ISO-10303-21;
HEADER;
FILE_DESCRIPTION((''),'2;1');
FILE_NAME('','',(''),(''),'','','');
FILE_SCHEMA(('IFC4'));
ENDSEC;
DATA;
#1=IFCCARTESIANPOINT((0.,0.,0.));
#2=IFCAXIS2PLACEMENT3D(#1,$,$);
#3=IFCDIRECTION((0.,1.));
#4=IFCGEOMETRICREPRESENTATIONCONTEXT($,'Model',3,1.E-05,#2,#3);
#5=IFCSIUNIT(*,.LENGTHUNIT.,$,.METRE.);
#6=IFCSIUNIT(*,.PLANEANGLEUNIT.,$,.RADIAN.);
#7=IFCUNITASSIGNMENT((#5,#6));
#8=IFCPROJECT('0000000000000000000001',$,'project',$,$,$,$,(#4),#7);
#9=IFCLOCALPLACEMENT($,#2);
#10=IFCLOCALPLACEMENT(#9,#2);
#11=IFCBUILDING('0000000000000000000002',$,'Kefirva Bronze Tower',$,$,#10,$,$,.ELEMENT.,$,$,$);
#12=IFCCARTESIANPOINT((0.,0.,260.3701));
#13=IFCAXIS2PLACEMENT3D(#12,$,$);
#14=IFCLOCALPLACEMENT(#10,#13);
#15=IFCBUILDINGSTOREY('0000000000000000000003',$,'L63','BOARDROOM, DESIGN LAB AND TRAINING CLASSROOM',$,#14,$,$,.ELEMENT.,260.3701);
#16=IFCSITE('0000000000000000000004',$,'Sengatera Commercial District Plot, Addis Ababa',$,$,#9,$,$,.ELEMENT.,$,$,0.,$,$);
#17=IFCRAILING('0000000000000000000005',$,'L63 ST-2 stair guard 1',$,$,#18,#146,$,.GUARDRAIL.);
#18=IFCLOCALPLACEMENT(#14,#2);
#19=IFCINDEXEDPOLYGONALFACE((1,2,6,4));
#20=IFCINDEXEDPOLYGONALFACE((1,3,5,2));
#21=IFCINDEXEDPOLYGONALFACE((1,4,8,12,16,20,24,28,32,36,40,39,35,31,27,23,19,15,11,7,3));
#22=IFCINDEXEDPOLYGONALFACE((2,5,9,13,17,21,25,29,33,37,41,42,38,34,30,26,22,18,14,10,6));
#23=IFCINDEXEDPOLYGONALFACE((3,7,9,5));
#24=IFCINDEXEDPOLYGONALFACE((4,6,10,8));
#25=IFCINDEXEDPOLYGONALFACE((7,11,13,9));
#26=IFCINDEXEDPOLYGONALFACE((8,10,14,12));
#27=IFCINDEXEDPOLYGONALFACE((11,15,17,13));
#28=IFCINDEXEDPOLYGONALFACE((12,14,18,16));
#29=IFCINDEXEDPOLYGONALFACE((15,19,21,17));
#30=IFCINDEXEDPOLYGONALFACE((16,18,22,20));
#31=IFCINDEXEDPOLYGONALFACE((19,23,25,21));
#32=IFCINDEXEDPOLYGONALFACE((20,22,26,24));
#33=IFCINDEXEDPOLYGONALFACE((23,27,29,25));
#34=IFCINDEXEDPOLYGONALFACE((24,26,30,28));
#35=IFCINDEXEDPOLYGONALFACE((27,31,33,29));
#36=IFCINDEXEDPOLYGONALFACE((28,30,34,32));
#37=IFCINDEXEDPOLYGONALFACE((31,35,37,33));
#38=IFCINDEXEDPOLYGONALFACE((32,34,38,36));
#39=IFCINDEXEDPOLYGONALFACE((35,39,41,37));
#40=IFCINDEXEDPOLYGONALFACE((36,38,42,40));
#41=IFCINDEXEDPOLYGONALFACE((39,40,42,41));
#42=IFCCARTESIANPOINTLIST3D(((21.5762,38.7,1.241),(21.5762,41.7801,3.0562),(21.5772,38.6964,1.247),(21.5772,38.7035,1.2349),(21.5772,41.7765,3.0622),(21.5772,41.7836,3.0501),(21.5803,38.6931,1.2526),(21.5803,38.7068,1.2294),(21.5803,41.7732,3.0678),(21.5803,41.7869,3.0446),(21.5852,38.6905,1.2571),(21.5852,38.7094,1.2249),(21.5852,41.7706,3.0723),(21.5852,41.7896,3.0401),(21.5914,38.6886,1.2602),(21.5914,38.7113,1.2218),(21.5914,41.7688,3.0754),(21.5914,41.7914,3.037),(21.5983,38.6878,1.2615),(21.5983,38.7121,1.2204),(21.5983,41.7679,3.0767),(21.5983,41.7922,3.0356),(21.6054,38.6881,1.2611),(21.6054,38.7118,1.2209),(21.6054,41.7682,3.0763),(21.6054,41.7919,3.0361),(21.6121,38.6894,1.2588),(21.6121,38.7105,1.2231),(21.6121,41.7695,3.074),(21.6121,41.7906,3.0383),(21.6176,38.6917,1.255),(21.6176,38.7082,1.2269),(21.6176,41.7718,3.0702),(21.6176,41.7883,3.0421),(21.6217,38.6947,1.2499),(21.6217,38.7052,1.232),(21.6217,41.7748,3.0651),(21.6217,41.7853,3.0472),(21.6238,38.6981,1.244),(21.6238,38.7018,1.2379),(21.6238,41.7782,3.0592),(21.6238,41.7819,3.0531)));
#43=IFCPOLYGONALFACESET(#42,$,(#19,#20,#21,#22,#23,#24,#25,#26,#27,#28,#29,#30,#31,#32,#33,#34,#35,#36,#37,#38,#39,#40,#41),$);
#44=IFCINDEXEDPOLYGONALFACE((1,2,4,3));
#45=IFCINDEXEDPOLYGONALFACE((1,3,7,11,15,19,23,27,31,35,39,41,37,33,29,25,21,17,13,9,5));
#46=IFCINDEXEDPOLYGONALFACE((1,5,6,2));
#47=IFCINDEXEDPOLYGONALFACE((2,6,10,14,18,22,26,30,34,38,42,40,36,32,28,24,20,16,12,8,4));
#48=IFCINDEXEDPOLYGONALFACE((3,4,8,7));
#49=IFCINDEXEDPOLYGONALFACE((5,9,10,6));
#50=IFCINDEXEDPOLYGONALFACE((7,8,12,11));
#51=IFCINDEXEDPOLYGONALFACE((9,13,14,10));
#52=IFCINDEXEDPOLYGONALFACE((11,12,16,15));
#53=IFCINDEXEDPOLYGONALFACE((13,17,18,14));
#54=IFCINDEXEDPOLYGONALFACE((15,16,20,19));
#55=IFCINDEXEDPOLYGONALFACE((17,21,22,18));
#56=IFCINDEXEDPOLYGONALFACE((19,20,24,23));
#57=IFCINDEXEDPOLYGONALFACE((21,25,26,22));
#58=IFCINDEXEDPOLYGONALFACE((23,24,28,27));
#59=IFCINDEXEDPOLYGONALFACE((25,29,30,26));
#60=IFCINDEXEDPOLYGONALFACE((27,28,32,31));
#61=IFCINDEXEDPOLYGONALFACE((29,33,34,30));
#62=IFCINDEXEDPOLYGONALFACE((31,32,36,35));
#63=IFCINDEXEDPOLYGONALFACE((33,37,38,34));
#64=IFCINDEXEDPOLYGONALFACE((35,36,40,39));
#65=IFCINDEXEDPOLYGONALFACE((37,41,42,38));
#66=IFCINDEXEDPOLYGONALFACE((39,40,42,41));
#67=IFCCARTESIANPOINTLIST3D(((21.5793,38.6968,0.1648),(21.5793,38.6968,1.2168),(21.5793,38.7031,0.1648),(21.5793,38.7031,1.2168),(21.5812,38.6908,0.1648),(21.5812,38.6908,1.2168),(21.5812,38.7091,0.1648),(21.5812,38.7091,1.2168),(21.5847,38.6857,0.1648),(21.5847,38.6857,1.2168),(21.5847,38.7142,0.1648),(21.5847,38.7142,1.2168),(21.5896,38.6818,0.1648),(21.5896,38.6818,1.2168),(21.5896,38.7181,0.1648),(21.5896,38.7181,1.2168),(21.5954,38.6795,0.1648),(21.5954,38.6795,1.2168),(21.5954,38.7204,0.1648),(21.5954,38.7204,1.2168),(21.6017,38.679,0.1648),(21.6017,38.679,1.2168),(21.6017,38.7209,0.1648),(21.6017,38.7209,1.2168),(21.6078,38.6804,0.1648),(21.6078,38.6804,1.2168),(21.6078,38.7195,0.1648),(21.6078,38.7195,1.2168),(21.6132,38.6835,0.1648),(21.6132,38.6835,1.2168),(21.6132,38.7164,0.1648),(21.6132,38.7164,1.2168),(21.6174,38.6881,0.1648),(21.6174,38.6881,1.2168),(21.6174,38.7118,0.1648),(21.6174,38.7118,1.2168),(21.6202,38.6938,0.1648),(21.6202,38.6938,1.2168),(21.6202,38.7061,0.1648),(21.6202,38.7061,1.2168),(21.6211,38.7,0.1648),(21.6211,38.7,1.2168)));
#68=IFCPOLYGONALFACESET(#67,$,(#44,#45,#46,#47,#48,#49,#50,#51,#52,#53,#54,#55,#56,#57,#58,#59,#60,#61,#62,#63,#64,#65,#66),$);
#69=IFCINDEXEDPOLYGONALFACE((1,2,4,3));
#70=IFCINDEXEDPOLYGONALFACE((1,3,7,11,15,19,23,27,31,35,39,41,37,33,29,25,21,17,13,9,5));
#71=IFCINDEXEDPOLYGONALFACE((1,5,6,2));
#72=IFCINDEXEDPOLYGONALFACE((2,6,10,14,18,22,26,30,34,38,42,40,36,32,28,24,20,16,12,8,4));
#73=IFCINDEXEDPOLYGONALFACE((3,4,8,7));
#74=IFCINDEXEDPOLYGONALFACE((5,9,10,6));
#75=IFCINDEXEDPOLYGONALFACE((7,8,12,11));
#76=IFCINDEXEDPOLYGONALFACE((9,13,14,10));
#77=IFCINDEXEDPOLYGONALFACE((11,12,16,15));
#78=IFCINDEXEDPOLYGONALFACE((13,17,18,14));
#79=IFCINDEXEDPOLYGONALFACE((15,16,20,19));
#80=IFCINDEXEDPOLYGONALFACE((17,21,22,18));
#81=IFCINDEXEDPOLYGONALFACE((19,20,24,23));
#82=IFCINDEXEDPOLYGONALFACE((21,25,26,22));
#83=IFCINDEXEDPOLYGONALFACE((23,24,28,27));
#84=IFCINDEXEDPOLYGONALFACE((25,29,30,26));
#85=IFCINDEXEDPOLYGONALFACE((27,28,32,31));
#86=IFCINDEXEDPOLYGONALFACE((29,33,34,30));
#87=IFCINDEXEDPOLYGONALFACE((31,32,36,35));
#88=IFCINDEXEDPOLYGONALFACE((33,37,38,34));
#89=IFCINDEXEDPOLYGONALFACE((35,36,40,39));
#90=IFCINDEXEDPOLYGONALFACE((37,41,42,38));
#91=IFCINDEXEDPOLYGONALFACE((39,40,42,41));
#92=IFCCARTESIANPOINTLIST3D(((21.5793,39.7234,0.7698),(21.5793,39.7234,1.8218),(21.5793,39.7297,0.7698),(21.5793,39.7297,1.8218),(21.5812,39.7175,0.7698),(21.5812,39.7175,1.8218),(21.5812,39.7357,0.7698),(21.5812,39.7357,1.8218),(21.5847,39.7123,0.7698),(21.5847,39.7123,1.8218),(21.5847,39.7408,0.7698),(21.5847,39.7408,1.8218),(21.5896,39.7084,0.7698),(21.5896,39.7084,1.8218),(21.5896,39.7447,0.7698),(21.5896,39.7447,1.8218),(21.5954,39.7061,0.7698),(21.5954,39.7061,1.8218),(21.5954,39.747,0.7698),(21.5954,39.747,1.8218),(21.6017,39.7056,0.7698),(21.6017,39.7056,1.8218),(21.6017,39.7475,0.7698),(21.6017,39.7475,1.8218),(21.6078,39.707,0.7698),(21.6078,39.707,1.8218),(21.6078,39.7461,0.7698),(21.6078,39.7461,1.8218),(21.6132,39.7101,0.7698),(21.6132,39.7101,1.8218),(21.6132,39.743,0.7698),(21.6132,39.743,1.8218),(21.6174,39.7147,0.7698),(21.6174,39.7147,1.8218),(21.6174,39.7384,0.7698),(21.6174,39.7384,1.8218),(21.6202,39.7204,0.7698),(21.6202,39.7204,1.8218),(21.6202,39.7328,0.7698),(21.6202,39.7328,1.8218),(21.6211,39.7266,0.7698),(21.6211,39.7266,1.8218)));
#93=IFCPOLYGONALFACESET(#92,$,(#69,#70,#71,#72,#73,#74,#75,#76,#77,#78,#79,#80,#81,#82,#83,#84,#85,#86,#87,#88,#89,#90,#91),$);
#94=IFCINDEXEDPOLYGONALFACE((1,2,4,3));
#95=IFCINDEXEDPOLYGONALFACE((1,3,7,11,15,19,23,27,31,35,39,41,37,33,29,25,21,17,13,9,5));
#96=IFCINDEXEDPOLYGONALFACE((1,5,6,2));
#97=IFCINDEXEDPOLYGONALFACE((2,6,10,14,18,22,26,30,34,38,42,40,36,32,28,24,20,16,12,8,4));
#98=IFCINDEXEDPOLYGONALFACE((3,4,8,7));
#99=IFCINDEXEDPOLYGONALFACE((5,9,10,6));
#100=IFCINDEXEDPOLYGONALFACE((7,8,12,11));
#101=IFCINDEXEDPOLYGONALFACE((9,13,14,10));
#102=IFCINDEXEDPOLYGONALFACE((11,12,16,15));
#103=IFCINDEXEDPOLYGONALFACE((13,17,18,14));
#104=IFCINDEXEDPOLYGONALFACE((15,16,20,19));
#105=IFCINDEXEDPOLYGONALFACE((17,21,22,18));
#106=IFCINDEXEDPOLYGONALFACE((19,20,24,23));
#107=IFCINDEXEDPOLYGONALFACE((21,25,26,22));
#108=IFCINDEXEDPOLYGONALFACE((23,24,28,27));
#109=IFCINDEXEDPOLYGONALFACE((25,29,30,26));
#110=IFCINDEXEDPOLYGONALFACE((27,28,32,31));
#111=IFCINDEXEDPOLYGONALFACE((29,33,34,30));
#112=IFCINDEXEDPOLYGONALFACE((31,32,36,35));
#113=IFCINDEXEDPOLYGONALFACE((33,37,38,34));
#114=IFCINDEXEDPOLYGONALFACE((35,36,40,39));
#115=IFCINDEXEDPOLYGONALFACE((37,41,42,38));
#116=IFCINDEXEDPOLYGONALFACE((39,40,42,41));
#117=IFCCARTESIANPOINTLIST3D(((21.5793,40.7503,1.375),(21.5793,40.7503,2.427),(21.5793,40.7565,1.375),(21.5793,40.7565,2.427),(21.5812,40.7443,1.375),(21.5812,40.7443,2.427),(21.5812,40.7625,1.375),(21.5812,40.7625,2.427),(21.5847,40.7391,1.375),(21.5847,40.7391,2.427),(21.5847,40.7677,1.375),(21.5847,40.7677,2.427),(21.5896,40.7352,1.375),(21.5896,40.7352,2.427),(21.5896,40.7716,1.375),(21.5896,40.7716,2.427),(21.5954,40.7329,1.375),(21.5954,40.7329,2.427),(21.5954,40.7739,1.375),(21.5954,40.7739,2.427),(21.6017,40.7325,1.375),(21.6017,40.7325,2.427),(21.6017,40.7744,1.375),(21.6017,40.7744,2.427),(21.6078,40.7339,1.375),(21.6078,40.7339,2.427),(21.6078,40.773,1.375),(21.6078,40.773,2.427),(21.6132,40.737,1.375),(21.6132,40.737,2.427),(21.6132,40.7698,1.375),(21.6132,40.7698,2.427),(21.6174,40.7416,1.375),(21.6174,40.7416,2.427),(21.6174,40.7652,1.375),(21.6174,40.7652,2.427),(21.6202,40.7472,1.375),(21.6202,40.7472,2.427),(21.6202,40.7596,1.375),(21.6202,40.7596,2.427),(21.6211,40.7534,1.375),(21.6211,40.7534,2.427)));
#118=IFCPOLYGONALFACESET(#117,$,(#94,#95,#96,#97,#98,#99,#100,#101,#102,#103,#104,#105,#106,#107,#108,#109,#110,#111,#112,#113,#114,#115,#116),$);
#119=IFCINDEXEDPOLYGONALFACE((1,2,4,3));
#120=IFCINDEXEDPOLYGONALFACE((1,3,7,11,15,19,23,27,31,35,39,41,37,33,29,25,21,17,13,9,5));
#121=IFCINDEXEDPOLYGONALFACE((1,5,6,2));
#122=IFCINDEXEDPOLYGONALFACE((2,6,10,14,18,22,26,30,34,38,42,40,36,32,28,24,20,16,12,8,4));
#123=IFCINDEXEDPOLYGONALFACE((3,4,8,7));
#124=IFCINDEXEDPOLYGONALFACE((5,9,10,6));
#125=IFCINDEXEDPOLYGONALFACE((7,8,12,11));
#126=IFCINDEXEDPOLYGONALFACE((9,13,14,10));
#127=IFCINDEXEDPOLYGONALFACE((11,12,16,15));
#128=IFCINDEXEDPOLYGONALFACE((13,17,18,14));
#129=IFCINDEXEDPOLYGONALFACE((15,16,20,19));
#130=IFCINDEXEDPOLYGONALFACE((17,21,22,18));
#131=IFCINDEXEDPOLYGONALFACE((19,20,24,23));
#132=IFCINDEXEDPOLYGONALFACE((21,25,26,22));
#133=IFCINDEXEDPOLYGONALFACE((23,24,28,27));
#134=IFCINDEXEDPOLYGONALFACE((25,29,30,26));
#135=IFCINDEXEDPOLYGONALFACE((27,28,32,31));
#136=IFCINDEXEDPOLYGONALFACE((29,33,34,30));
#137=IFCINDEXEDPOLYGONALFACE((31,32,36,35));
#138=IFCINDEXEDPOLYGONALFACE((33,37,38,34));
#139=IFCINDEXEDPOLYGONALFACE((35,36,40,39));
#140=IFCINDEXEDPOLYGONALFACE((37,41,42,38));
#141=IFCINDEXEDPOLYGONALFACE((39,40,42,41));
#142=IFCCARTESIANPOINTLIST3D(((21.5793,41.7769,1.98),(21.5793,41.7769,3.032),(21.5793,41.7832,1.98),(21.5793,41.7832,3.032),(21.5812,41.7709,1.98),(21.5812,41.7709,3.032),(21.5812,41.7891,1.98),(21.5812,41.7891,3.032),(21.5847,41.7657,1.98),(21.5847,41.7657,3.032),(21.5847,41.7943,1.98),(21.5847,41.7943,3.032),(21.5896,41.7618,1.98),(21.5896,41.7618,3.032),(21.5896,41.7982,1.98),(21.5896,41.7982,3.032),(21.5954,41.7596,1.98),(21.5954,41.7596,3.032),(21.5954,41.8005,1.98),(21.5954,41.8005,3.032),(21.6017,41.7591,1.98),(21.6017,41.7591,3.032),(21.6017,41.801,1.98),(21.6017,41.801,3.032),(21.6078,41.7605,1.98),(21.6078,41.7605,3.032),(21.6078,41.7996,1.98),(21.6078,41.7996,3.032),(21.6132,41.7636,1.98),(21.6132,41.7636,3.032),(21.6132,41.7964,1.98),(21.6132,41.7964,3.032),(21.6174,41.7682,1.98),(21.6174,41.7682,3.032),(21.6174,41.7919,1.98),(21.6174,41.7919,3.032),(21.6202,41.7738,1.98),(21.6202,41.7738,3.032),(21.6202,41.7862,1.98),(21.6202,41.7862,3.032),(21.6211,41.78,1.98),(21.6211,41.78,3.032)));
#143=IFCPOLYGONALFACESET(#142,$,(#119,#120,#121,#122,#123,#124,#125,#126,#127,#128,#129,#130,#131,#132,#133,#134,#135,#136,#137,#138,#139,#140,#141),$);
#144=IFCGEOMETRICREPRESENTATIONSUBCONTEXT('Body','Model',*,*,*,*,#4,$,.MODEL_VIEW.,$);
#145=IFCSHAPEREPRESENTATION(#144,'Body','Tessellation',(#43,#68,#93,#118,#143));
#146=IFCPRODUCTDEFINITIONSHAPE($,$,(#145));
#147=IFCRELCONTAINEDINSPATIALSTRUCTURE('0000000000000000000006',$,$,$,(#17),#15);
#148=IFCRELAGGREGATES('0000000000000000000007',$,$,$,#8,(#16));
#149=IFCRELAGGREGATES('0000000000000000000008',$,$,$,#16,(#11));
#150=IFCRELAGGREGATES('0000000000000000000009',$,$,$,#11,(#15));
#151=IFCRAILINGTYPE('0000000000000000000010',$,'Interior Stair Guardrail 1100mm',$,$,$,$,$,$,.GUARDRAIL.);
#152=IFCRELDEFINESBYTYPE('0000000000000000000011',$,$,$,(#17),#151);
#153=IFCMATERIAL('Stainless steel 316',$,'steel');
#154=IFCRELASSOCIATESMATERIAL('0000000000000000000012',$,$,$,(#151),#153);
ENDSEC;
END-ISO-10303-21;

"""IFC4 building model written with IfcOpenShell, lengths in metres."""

from ifc_helpers import new_model, si_unit, direction, frame, origin, origin_2d, place, context, subcontext, project, spatial, circle, extrude, material, type_object, element, save


model = new_model("IFC4")

# Units and contexts
model_context = context("Model", 3, precision=1e-05, world=origin(), true_north=direction((0.0, 1.0)))
body_context = subcontext(model_context, "Body", "Model", "MODEL_VIEW")
ifc_project = project(units=[si_unit("LENGTHUNIT", "METRE"), si_unit("PLANEANGLEUNIT", "RADIAN")], contexts=[model_context])

# Site, building, storey
site_placement = place(None, origin())
site = spatial("IfcSite", under=ifc_project, at=site_placement, Name="Sengatera Commercial District Plot, Addis Ababa", CompositionType="ELEMENT", RefElevation=0.0)
building_placement = place(site_placement, origin())
building = spatial("IfcBuilding", under=site, at=building_placement, Name="Kefirva Bronze Tower", CompositionType="ELEMENT")
storey_placement = place(building_placement, frame((0.0, 0.0, 260.3701)))
storey = spatial("IfcBuildingStorey", under=building, at=storey_placement, Name="L63", Description="BOARDROOM, DESIGN LAB AND TRAINING CLASSROOM", CompositionType="ELEMENT", Elevation=260.3701)

# Railing
ifc_material_1 = material(Name="Stainless steel 316", Category="steel")
railing_type_1 = type_object("IfcRailingType", Name="Interior Stair Guardrail 1100mm", PredefinedType="GUARDRAIL", material=ifc_material_1)
railing_1_placement = place(storey_placement, frame((21.6001, 38.7, 0.1648)))
element("IfcRailing", 1, at=railing_1_placement, inside=storey, type_object=railing_type_1, Name="L63 ST-2 stair guard 1", PredefinedType="GUARDRAIL", context=body_context, shape_type="SweptSolid", body=[
    extrude(circle(Radius=0.0239, at=origin_2d()), frame((0.0, 0.0, 1.0762), z_axis=(0.0, 0.861521, 0.507721), x_axis=(-1.0, 0.0, 0.0)), (0.0, 0.0, 1.0), 3.5752),
    extrude(circle(Radius=0.021, at=origin_2d()), origin(), (0.0, 0.0, 1.0), 1.052),
    extrude(circle(Radius=0.021, at=origin_2d()), frame((0.0, 1.0266, 0.605)), (0.0, 0.0, 1.0), 1.052),
    extrude(circle(Radius=0.021, at=origin_2d()), frame((0.0, 2.0535, 1.2102)), (0.0, 0.0, 1.0), 1.052),
    extrude(circle(Radius=0.021, at=origin_2d()), frame((0.0, 3.0801, 1.8152)), (0.0, 0.0, 1.0), 1.052),
])

save(model, "model.ifc")
